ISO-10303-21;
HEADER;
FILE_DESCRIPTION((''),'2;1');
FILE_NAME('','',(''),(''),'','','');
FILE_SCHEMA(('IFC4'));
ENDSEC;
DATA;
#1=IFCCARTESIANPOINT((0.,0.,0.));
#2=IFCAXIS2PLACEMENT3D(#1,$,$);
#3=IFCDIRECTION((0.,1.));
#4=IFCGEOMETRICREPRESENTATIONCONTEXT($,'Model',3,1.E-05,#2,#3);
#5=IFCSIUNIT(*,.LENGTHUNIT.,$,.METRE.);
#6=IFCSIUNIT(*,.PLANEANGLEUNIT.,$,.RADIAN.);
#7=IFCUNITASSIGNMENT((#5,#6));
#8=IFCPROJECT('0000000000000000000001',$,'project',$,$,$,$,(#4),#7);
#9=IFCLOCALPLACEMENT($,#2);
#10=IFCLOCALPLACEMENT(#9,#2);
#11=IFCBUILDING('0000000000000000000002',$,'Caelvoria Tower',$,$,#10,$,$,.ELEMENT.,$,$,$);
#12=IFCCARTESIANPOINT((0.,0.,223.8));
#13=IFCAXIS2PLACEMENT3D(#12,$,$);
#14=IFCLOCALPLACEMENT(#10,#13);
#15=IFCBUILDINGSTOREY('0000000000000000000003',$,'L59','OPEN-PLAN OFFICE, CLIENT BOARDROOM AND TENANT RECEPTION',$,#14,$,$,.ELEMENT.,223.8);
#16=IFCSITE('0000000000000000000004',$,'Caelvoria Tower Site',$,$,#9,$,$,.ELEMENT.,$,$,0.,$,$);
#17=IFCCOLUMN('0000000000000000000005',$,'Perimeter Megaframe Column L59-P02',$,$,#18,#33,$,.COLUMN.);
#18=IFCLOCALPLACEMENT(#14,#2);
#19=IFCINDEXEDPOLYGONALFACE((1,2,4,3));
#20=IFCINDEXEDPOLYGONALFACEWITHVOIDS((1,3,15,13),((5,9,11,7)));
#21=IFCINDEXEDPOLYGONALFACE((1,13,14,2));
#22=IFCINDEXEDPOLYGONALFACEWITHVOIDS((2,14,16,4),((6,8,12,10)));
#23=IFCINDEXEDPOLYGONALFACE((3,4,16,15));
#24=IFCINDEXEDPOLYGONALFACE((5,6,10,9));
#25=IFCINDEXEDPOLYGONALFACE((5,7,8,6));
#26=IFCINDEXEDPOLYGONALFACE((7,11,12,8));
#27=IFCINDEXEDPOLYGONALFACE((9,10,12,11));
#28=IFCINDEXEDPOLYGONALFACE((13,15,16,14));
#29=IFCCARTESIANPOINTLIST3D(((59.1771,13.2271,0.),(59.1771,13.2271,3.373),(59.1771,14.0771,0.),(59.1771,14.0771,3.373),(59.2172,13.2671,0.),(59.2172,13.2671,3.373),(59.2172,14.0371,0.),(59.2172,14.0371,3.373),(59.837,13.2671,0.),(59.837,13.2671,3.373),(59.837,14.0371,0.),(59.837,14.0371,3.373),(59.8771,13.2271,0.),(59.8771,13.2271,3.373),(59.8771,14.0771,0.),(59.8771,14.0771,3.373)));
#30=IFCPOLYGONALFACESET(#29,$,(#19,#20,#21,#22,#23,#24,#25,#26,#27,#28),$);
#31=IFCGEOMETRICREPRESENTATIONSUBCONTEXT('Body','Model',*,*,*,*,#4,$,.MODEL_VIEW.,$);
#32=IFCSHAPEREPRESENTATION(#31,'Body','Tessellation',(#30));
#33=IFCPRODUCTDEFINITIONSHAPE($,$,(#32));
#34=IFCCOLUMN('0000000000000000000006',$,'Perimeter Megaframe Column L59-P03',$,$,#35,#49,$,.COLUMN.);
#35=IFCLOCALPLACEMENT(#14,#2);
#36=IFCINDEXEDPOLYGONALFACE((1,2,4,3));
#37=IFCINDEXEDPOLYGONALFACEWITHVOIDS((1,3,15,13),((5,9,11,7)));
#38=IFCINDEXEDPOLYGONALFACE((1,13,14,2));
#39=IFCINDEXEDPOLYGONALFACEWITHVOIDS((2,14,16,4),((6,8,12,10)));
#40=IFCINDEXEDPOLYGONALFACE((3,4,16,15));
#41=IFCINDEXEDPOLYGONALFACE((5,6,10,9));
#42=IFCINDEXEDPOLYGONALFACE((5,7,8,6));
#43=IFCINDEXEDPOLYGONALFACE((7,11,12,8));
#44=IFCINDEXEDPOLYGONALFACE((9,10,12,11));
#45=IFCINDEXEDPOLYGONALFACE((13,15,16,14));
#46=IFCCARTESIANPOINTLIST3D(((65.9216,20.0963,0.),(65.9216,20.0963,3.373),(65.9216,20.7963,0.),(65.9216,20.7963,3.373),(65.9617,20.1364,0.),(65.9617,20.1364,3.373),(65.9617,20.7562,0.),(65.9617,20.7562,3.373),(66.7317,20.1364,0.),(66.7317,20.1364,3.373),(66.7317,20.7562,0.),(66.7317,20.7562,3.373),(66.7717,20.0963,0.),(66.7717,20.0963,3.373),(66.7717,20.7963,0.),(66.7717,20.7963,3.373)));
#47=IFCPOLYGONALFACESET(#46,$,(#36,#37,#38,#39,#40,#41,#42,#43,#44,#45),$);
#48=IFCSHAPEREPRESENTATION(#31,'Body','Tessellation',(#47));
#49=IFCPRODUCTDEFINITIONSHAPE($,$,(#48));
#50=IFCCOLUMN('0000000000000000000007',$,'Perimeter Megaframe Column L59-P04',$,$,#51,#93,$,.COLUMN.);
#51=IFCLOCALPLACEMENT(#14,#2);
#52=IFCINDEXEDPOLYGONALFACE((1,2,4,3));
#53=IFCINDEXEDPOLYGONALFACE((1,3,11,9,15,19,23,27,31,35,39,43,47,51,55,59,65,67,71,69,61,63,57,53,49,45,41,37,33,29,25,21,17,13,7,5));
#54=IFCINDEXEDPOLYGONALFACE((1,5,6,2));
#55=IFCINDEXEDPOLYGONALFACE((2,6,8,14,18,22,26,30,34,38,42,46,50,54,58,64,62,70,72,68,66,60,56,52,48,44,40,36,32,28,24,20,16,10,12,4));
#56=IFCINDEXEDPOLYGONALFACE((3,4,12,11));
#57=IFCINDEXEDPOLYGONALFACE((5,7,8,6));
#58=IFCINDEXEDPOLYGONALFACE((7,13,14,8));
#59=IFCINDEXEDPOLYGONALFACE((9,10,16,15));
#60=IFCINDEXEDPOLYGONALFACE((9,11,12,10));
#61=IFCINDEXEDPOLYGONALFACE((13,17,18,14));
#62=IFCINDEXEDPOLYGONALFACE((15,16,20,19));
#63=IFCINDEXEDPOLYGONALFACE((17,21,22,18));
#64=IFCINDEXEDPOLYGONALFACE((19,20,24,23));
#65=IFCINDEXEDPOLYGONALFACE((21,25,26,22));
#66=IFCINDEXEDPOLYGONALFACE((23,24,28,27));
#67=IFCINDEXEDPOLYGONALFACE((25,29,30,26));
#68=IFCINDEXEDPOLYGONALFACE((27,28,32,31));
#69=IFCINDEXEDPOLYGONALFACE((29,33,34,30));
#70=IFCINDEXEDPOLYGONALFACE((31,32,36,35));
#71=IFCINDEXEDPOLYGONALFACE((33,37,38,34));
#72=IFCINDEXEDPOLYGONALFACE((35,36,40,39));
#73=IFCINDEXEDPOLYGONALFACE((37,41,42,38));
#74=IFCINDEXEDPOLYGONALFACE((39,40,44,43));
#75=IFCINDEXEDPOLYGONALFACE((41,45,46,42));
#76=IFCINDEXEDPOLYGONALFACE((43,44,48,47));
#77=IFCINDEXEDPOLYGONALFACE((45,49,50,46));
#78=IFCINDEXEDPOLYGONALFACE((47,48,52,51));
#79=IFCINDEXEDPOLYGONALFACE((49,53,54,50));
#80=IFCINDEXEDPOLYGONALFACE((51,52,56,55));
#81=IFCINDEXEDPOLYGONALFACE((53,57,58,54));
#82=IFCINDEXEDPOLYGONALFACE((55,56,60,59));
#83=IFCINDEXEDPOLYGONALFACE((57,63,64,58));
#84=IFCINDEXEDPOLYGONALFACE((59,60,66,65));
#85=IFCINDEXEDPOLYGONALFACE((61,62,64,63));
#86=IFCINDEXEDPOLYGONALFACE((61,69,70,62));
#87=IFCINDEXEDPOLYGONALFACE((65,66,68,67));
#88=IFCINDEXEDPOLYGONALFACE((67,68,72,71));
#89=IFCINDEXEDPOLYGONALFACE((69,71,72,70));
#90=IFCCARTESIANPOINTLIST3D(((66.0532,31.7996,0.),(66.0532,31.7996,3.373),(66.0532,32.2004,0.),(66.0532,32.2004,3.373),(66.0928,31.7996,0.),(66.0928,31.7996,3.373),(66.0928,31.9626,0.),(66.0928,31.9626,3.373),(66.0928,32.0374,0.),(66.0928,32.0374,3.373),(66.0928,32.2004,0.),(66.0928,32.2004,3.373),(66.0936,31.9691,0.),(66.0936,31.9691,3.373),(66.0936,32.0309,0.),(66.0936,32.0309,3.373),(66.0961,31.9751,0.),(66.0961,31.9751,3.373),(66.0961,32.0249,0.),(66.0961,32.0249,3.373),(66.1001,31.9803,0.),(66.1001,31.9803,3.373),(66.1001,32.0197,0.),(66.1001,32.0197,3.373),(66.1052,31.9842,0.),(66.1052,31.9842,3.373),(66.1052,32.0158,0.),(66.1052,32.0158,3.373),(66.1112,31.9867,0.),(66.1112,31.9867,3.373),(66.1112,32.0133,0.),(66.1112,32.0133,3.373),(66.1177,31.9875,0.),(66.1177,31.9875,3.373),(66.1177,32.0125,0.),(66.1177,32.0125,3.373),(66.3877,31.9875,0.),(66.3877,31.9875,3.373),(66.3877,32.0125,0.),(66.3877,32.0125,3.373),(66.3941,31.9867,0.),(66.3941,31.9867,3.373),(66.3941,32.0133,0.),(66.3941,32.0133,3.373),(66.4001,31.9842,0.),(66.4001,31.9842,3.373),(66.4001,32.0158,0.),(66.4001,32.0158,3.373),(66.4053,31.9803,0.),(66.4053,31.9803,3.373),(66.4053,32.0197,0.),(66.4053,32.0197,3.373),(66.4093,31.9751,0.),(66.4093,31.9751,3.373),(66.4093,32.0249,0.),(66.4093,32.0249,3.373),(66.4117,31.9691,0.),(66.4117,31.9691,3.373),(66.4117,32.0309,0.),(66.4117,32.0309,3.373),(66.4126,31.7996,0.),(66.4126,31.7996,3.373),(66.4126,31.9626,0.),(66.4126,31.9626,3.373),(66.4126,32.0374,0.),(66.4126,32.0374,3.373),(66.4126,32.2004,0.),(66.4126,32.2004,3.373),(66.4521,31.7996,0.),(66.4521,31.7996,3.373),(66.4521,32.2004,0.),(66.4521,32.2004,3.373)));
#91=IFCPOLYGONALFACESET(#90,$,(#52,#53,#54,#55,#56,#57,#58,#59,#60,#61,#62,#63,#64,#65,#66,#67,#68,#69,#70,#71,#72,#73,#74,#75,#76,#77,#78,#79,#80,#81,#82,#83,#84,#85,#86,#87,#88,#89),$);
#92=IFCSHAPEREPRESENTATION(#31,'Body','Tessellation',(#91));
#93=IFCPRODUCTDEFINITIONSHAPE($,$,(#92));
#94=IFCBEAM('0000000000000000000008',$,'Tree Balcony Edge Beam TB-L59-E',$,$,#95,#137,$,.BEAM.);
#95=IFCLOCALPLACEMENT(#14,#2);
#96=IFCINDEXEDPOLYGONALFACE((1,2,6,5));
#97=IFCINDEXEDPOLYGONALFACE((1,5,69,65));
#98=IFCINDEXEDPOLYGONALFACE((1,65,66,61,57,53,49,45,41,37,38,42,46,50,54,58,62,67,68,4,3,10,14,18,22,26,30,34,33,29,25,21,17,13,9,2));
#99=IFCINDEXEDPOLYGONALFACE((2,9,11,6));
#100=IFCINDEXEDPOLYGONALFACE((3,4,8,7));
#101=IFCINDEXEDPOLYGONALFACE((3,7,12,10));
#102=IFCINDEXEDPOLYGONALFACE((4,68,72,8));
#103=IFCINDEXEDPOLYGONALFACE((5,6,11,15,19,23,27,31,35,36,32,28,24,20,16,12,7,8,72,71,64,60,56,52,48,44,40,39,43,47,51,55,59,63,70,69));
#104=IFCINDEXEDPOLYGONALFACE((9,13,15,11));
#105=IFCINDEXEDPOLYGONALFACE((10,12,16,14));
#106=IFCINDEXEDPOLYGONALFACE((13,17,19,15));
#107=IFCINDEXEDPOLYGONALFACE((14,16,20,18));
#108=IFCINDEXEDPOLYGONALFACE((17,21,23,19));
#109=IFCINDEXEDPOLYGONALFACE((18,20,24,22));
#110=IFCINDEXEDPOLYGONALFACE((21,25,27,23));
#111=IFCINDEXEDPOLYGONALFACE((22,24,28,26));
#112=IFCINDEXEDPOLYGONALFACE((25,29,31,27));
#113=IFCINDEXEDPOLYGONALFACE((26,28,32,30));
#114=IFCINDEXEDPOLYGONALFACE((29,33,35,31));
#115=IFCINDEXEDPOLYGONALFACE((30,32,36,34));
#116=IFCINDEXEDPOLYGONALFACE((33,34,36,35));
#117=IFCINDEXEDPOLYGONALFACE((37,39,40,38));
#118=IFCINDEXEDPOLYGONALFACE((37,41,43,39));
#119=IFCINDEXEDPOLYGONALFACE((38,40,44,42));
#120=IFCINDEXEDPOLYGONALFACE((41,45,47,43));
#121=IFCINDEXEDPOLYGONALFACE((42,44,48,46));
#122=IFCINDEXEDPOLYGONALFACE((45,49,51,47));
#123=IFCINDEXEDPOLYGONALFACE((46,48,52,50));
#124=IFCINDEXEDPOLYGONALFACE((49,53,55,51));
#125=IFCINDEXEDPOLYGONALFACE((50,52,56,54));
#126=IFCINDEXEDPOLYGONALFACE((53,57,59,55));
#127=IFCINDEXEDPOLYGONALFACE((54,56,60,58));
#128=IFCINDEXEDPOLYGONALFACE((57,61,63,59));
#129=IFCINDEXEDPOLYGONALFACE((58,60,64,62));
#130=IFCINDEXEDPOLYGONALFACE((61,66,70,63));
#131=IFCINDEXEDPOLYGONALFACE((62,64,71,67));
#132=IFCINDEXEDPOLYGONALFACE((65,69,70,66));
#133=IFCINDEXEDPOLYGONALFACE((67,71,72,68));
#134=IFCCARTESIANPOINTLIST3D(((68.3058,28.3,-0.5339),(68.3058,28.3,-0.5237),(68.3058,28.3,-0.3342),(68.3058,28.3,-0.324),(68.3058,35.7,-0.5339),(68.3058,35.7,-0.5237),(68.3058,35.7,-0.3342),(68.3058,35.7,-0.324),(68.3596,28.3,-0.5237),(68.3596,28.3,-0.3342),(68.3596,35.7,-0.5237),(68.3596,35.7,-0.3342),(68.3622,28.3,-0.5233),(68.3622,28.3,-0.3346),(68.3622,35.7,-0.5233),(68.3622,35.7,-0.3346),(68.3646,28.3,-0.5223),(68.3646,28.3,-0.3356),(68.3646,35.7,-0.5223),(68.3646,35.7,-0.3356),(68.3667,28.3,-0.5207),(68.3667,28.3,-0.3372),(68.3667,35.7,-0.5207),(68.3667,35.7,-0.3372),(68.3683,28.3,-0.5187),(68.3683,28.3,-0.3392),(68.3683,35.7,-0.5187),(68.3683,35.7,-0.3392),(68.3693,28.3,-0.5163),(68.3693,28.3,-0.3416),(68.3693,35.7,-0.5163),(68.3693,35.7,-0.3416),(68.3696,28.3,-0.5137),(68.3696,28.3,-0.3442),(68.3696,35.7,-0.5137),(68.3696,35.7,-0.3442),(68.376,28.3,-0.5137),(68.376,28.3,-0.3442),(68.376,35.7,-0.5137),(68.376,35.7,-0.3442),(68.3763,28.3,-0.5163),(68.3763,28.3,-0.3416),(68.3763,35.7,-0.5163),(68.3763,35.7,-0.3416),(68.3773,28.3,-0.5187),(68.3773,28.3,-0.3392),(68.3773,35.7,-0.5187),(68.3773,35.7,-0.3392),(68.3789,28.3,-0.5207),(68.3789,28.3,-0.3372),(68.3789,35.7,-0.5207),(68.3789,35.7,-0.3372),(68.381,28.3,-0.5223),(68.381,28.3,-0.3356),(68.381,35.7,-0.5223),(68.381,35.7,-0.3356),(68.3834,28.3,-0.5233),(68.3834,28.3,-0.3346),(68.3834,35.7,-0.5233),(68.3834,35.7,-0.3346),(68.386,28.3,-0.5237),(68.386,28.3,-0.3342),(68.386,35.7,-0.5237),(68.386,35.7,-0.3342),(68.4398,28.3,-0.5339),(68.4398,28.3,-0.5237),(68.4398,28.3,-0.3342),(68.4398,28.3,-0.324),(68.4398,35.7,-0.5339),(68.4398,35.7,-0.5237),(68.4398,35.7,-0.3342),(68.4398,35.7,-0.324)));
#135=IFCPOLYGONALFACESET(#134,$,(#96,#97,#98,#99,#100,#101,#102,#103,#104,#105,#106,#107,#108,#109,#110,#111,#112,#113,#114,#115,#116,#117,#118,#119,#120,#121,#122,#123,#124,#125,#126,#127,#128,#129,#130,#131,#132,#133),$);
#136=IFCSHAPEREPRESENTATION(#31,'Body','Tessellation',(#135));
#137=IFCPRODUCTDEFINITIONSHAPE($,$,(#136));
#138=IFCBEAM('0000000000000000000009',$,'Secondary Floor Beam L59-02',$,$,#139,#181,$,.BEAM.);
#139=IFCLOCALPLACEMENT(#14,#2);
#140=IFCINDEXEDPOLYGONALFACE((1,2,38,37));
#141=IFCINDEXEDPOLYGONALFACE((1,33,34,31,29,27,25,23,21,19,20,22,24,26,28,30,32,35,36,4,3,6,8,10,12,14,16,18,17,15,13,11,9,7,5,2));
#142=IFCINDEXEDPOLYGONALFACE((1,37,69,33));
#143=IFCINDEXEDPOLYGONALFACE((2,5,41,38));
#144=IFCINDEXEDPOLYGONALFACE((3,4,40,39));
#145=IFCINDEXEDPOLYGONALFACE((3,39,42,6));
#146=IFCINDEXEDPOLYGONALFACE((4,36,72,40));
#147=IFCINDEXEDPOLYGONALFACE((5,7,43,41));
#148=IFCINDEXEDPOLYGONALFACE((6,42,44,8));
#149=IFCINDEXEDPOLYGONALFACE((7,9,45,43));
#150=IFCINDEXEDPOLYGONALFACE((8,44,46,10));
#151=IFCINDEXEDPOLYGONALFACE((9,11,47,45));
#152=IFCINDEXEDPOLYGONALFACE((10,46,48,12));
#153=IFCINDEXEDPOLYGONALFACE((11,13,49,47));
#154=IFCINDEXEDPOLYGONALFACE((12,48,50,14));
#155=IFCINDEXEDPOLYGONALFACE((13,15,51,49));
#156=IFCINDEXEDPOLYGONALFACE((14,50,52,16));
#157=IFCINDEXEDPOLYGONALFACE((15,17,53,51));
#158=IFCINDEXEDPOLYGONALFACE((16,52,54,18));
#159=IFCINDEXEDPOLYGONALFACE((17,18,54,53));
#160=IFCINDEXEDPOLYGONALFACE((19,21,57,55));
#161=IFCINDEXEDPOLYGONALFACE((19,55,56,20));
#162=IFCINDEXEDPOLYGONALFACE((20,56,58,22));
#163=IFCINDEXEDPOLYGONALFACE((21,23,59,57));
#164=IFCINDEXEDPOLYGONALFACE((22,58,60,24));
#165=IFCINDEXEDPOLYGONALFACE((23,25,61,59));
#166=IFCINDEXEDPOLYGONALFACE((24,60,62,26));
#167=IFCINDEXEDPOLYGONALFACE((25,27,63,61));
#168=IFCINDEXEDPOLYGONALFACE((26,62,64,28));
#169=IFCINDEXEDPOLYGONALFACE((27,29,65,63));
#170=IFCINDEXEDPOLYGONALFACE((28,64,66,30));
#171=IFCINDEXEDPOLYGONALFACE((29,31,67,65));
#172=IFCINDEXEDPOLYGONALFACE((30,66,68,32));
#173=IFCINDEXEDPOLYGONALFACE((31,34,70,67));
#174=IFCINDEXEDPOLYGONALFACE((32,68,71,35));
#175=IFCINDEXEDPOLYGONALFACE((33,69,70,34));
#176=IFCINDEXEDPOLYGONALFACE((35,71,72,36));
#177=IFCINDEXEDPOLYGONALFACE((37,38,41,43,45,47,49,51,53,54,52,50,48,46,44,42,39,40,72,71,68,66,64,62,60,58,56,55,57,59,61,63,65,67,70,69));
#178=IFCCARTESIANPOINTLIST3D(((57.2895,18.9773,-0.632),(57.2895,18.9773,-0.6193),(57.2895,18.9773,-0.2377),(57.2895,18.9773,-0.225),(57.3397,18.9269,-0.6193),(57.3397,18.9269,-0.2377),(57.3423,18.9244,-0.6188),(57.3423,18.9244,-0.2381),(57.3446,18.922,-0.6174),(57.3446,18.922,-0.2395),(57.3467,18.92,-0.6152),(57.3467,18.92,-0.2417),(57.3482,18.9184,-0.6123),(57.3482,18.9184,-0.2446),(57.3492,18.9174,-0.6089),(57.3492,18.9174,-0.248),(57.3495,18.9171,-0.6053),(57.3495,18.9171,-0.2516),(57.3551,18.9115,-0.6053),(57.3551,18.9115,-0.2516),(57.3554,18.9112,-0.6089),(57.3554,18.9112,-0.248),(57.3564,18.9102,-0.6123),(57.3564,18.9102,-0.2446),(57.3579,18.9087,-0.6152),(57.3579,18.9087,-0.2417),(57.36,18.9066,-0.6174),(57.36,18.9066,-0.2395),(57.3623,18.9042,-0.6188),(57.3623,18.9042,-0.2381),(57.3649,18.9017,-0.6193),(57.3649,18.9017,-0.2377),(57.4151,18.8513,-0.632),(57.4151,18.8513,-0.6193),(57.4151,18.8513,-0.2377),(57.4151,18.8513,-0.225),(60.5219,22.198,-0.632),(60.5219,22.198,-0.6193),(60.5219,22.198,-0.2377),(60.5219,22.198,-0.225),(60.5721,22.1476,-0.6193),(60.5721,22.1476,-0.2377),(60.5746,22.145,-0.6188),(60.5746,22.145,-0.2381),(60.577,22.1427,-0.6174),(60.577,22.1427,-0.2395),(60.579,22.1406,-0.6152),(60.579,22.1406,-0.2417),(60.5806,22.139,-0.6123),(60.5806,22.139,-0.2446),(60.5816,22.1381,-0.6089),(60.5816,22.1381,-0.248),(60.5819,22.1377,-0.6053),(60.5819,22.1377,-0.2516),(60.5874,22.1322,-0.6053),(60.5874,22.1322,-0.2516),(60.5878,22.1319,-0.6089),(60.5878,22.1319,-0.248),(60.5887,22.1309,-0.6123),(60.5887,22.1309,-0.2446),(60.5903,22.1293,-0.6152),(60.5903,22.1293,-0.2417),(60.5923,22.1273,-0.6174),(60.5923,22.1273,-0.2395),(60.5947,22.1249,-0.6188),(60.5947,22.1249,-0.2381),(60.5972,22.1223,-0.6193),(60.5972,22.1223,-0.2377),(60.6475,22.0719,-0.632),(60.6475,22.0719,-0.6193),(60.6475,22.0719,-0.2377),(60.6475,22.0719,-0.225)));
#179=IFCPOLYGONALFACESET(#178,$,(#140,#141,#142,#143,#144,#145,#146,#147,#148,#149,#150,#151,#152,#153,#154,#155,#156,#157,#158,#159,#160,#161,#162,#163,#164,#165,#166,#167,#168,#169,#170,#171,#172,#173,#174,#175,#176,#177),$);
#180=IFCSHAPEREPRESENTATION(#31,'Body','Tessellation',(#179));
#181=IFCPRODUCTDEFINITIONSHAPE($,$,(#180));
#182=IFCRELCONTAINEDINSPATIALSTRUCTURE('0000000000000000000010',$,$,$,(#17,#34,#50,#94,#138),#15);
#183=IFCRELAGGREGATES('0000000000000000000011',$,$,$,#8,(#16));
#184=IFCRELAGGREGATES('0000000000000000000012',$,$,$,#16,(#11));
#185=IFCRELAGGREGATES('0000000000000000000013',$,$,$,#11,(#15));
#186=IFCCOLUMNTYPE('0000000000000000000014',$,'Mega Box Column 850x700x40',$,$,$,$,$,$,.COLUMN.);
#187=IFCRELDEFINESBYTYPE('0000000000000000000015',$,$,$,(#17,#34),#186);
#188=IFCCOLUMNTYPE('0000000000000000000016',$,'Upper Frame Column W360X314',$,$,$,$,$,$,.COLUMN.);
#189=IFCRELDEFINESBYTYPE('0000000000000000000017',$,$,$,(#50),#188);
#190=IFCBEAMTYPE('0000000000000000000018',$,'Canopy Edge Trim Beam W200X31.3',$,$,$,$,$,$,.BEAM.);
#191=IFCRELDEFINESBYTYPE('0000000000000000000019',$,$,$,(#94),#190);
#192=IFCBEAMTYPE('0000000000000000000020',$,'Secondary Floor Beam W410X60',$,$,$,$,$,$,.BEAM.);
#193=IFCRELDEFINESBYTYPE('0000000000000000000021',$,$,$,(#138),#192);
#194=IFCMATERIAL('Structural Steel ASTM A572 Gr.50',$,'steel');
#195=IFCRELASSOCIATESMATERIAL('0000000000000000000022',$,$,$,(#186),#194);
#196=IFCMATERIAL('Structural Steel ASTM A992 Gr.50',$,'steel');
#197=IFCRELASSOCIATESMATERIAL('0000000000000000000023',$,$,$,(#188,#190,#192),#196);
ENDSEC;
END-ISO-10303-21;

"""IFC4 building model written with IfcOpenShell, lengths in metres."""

from ifc_helpers import new_model, si_unit, direction, frame, origin, origin_2d, place, context, subcontext, project, spatial, hollow_rectangle, i_section, extrude, material, material_profile, profile_set, type_object, element, save


model = new_model("IFC4")

# Units and contexts
model_context = context("Model", 3, precision=1e-05, world=origin(), true_north=direction((0.0, 1.0)))
body_context = subcontext(model_context, "Body", "Model", "MODEL_VIEW")
ifc_project = project(units=[si_unit("LENGTHUNIT", "METRE"), si_unit("PLANEANGLEUNIT", "RADIAN")], contexts=[model_context])

# Site, building, storey
site_placement = place(None, origin())
site = spatial("IfcSite", under=ifc_project, at=site_placement, Name="Caelvoria Tower Site", CompositionType="ELEMENT", RefElevation=0.0)
building_placement = place(site_placement, origin())
building = spatial("IfcBuilding", under=site, at=building_placement, Name="Caelvoria Tower", CompositionType="ELEMENT")
storey_placement = place(building_placement, frame((0.0, 0.0, 223.8)))
storey = spatial("IfcBuildingStorey", under=building, at=storey_placement, Name="L59", Description="OPEN-PLAN OFFICE, CLIENT BOARDROOM AND TENANT RECEPTION", CompositionType="ELEMENT", Elevation=223.8)

# Columns
ifc_material_1 = material(Name="Structural Steel ASTM A572 Gr.50", Category="steel")
ifc_material_profile_1 = material_profile(ifc_material_1, hollow_rectangle(XDim=0.7, YDim=0.8501, WallThickness=0.04, at=origin_2d()), Name="Structural Steel ASTM A572 Gr.50")
ifc_profile_set_1 = profile_set([ifc_material_profile_1], Name="BOX850X700X40 - Structural Steel ASTM A572 Gr.50")
column_type_1 = type_object("IfcColumnType", Name="Mega Box Column 850x700x40", PredefinedType="COLUMN", material=ifc_profile_set_1)
for number, where, z_axis, x_axis, name in (
    (1, (59.5271, 13.6521, 0.0), (0.0, 0.0, 1.0), (1.0, 0.0, 0.0), "Perimeter Megaframe Column L59-P02"),
    (2, (66.3467, 20.4463, 0.0), (0.0, 0.0, 1.0), (0.0, 1.0, 0.0), "Perimeter Megaframe Column L59-P03"),
):
    element("IfcColumn", number, at=place(storey_placement, frame(where, z_axis=z_axis, x_axis=x_axis)), inside=storey, type_object=column_type_1, Name=name, PredefinedType="COLUMN", context=body_context, shape_type="SweptSolid", body=[
        extrude(hollow_rectangle(XDim=0.7, YDim=0.8501, WallThickness=0.04, at=origin_2d()), origin(), (0.0, 0.0, 1.0), 3.373),
    ])
ifc_material_2 = material(Name="Structural Steel ASTM A992 Gr.50", Category="steel")
ifc_material_profile_2 = material_profile(ifc_material_2, i_section(OverallWidth=0.4009, OverallDepth=0.3989, WebThickness=0.0249, FlangeThickness=0.0396, FilletRadius=0.0249, at=origin_2d()), Name="Structural Steel ASTM A992 Gr.50")
ifc_profile_set_2 = profile_set([ifc_material_profile_2], Name="W360X314 - Structural Steel ASTM A992 Gr.50")
column_type_2 = type_object("IfcColumnType", Name="Upper Frame Column W360X314", PredefinedType="COLUMN", material=ifc_profile_set_2)
column_placement = place(storey_placement, frame((66.2527, 32.0, 0.0), z_axis=(0.0, 0.0, 1.0), x_axis=(0.0, 1.0, 0.0)))
element("IfcColumn", 3, at=column_placement, inside=storey, type_object=column_type_2, Name="Perimeter Megaframe Column L59-P04", PredefinedType="COLUMN", context=body_context, shape_type="SweptSolid", body=[
    extrude(i_section(OverallWidth=0.4009, OverallDepth=0.3989, WebThickness=0.0249, FlangeThickness=0.0396, FilletRadius=0.0249, at=origin_2d()), origin(), (0.0, 0.0, 1.0), 3.373),
])

# Beams
ifc_material_profile_3 = material_profile(ifc_material_2, i_section(OverallWidth=0.134, OverallDepth=0.21, WebThickness=0.0063, FlangeThickness=0.0103, FilletRadius=0.01, at=origin_2d()), Name="Structural Steel ASTM A992 Gr.50")
ifc_profile_set_3 = profile_set([ifc_material_profile_3], Name="W200X31.3 - Structural Steel ASTM A992 Gr.50")
beam_type_1 = type_object("IfcBeamType", Name="Canopy Edge Trim Beam W200X31.3", PredefinedType="BEAM", material=ifc_profile_set_3)
beam_1_placement = place(storey_placement, frame((68.3728, 28.3, -0.429), z_axis=(0.0, 1.0, 0.0), x_axis=(-1.0, 0.0, 0.0)))
element("IfcBeam", 4, at=beam_1_placement, inside=storey, type_object=beam_type_1, Name="Tree Balcony Edge Beam TB-L59-E", PredefinedType="BEAM", context=body_context, shape_type="SweptSolid", body=[
    extrude(i_section(OverallWidth=0.134, OverallDepth=0.21, WebThickness=0.0063, FlangeThickness=0.0103, FilletRadius=0.01, at=origin_2d()), origin(), (0.0, 0.0, 1.0), 7.3999),
])
ifc_material_profile_4 = material_profile(ifc_material_2, i_section(OverallWidth=0.178, OverallDepth=0.407, WebThickness=0.0078, FlangeThickness=0.0127, FilletRadius=0.0139, at=origin_2d()), Name="Structural Steel ASTM A992 Gr.50")
ifc_profile_set_4 = profile_set([ifc_material_profile_4], Name="W410X60 - Structural Steel ASTM A992 Gr.50")
beam_type_2 = type_object("IfcBeamType", Name="Secondary Floor Beam W410X60", PredefinedType="BEAM", material=ifc_profile_set_4)
beam_2_placement = place(storey_placement, frame((57.3523, 18.9143, -0.4285), z_axis=(0.70839, 0.705822, 0.0), x_axis=(-0.705822, 0.70839, 0.0)))
element("IfcBeam", 5, at=beam_2_placement, inside=storey, type_object=beam_type_2, Name="Secondary Floor Beam L59-02", PredefinedType="BEAM", context=body_context, shape_type="SweptSolid", body=[
    extrude(i_section(OverallWidth=0.178, OverallDepth=0.407, WebThickness=0.0078, FlangeThickness=0.0127, FilletRadius=0.0139, at=origin_2d()), origin(), (0.0, 0.0, 1.0), 4.563),
])

save(model, "model.ifc")
